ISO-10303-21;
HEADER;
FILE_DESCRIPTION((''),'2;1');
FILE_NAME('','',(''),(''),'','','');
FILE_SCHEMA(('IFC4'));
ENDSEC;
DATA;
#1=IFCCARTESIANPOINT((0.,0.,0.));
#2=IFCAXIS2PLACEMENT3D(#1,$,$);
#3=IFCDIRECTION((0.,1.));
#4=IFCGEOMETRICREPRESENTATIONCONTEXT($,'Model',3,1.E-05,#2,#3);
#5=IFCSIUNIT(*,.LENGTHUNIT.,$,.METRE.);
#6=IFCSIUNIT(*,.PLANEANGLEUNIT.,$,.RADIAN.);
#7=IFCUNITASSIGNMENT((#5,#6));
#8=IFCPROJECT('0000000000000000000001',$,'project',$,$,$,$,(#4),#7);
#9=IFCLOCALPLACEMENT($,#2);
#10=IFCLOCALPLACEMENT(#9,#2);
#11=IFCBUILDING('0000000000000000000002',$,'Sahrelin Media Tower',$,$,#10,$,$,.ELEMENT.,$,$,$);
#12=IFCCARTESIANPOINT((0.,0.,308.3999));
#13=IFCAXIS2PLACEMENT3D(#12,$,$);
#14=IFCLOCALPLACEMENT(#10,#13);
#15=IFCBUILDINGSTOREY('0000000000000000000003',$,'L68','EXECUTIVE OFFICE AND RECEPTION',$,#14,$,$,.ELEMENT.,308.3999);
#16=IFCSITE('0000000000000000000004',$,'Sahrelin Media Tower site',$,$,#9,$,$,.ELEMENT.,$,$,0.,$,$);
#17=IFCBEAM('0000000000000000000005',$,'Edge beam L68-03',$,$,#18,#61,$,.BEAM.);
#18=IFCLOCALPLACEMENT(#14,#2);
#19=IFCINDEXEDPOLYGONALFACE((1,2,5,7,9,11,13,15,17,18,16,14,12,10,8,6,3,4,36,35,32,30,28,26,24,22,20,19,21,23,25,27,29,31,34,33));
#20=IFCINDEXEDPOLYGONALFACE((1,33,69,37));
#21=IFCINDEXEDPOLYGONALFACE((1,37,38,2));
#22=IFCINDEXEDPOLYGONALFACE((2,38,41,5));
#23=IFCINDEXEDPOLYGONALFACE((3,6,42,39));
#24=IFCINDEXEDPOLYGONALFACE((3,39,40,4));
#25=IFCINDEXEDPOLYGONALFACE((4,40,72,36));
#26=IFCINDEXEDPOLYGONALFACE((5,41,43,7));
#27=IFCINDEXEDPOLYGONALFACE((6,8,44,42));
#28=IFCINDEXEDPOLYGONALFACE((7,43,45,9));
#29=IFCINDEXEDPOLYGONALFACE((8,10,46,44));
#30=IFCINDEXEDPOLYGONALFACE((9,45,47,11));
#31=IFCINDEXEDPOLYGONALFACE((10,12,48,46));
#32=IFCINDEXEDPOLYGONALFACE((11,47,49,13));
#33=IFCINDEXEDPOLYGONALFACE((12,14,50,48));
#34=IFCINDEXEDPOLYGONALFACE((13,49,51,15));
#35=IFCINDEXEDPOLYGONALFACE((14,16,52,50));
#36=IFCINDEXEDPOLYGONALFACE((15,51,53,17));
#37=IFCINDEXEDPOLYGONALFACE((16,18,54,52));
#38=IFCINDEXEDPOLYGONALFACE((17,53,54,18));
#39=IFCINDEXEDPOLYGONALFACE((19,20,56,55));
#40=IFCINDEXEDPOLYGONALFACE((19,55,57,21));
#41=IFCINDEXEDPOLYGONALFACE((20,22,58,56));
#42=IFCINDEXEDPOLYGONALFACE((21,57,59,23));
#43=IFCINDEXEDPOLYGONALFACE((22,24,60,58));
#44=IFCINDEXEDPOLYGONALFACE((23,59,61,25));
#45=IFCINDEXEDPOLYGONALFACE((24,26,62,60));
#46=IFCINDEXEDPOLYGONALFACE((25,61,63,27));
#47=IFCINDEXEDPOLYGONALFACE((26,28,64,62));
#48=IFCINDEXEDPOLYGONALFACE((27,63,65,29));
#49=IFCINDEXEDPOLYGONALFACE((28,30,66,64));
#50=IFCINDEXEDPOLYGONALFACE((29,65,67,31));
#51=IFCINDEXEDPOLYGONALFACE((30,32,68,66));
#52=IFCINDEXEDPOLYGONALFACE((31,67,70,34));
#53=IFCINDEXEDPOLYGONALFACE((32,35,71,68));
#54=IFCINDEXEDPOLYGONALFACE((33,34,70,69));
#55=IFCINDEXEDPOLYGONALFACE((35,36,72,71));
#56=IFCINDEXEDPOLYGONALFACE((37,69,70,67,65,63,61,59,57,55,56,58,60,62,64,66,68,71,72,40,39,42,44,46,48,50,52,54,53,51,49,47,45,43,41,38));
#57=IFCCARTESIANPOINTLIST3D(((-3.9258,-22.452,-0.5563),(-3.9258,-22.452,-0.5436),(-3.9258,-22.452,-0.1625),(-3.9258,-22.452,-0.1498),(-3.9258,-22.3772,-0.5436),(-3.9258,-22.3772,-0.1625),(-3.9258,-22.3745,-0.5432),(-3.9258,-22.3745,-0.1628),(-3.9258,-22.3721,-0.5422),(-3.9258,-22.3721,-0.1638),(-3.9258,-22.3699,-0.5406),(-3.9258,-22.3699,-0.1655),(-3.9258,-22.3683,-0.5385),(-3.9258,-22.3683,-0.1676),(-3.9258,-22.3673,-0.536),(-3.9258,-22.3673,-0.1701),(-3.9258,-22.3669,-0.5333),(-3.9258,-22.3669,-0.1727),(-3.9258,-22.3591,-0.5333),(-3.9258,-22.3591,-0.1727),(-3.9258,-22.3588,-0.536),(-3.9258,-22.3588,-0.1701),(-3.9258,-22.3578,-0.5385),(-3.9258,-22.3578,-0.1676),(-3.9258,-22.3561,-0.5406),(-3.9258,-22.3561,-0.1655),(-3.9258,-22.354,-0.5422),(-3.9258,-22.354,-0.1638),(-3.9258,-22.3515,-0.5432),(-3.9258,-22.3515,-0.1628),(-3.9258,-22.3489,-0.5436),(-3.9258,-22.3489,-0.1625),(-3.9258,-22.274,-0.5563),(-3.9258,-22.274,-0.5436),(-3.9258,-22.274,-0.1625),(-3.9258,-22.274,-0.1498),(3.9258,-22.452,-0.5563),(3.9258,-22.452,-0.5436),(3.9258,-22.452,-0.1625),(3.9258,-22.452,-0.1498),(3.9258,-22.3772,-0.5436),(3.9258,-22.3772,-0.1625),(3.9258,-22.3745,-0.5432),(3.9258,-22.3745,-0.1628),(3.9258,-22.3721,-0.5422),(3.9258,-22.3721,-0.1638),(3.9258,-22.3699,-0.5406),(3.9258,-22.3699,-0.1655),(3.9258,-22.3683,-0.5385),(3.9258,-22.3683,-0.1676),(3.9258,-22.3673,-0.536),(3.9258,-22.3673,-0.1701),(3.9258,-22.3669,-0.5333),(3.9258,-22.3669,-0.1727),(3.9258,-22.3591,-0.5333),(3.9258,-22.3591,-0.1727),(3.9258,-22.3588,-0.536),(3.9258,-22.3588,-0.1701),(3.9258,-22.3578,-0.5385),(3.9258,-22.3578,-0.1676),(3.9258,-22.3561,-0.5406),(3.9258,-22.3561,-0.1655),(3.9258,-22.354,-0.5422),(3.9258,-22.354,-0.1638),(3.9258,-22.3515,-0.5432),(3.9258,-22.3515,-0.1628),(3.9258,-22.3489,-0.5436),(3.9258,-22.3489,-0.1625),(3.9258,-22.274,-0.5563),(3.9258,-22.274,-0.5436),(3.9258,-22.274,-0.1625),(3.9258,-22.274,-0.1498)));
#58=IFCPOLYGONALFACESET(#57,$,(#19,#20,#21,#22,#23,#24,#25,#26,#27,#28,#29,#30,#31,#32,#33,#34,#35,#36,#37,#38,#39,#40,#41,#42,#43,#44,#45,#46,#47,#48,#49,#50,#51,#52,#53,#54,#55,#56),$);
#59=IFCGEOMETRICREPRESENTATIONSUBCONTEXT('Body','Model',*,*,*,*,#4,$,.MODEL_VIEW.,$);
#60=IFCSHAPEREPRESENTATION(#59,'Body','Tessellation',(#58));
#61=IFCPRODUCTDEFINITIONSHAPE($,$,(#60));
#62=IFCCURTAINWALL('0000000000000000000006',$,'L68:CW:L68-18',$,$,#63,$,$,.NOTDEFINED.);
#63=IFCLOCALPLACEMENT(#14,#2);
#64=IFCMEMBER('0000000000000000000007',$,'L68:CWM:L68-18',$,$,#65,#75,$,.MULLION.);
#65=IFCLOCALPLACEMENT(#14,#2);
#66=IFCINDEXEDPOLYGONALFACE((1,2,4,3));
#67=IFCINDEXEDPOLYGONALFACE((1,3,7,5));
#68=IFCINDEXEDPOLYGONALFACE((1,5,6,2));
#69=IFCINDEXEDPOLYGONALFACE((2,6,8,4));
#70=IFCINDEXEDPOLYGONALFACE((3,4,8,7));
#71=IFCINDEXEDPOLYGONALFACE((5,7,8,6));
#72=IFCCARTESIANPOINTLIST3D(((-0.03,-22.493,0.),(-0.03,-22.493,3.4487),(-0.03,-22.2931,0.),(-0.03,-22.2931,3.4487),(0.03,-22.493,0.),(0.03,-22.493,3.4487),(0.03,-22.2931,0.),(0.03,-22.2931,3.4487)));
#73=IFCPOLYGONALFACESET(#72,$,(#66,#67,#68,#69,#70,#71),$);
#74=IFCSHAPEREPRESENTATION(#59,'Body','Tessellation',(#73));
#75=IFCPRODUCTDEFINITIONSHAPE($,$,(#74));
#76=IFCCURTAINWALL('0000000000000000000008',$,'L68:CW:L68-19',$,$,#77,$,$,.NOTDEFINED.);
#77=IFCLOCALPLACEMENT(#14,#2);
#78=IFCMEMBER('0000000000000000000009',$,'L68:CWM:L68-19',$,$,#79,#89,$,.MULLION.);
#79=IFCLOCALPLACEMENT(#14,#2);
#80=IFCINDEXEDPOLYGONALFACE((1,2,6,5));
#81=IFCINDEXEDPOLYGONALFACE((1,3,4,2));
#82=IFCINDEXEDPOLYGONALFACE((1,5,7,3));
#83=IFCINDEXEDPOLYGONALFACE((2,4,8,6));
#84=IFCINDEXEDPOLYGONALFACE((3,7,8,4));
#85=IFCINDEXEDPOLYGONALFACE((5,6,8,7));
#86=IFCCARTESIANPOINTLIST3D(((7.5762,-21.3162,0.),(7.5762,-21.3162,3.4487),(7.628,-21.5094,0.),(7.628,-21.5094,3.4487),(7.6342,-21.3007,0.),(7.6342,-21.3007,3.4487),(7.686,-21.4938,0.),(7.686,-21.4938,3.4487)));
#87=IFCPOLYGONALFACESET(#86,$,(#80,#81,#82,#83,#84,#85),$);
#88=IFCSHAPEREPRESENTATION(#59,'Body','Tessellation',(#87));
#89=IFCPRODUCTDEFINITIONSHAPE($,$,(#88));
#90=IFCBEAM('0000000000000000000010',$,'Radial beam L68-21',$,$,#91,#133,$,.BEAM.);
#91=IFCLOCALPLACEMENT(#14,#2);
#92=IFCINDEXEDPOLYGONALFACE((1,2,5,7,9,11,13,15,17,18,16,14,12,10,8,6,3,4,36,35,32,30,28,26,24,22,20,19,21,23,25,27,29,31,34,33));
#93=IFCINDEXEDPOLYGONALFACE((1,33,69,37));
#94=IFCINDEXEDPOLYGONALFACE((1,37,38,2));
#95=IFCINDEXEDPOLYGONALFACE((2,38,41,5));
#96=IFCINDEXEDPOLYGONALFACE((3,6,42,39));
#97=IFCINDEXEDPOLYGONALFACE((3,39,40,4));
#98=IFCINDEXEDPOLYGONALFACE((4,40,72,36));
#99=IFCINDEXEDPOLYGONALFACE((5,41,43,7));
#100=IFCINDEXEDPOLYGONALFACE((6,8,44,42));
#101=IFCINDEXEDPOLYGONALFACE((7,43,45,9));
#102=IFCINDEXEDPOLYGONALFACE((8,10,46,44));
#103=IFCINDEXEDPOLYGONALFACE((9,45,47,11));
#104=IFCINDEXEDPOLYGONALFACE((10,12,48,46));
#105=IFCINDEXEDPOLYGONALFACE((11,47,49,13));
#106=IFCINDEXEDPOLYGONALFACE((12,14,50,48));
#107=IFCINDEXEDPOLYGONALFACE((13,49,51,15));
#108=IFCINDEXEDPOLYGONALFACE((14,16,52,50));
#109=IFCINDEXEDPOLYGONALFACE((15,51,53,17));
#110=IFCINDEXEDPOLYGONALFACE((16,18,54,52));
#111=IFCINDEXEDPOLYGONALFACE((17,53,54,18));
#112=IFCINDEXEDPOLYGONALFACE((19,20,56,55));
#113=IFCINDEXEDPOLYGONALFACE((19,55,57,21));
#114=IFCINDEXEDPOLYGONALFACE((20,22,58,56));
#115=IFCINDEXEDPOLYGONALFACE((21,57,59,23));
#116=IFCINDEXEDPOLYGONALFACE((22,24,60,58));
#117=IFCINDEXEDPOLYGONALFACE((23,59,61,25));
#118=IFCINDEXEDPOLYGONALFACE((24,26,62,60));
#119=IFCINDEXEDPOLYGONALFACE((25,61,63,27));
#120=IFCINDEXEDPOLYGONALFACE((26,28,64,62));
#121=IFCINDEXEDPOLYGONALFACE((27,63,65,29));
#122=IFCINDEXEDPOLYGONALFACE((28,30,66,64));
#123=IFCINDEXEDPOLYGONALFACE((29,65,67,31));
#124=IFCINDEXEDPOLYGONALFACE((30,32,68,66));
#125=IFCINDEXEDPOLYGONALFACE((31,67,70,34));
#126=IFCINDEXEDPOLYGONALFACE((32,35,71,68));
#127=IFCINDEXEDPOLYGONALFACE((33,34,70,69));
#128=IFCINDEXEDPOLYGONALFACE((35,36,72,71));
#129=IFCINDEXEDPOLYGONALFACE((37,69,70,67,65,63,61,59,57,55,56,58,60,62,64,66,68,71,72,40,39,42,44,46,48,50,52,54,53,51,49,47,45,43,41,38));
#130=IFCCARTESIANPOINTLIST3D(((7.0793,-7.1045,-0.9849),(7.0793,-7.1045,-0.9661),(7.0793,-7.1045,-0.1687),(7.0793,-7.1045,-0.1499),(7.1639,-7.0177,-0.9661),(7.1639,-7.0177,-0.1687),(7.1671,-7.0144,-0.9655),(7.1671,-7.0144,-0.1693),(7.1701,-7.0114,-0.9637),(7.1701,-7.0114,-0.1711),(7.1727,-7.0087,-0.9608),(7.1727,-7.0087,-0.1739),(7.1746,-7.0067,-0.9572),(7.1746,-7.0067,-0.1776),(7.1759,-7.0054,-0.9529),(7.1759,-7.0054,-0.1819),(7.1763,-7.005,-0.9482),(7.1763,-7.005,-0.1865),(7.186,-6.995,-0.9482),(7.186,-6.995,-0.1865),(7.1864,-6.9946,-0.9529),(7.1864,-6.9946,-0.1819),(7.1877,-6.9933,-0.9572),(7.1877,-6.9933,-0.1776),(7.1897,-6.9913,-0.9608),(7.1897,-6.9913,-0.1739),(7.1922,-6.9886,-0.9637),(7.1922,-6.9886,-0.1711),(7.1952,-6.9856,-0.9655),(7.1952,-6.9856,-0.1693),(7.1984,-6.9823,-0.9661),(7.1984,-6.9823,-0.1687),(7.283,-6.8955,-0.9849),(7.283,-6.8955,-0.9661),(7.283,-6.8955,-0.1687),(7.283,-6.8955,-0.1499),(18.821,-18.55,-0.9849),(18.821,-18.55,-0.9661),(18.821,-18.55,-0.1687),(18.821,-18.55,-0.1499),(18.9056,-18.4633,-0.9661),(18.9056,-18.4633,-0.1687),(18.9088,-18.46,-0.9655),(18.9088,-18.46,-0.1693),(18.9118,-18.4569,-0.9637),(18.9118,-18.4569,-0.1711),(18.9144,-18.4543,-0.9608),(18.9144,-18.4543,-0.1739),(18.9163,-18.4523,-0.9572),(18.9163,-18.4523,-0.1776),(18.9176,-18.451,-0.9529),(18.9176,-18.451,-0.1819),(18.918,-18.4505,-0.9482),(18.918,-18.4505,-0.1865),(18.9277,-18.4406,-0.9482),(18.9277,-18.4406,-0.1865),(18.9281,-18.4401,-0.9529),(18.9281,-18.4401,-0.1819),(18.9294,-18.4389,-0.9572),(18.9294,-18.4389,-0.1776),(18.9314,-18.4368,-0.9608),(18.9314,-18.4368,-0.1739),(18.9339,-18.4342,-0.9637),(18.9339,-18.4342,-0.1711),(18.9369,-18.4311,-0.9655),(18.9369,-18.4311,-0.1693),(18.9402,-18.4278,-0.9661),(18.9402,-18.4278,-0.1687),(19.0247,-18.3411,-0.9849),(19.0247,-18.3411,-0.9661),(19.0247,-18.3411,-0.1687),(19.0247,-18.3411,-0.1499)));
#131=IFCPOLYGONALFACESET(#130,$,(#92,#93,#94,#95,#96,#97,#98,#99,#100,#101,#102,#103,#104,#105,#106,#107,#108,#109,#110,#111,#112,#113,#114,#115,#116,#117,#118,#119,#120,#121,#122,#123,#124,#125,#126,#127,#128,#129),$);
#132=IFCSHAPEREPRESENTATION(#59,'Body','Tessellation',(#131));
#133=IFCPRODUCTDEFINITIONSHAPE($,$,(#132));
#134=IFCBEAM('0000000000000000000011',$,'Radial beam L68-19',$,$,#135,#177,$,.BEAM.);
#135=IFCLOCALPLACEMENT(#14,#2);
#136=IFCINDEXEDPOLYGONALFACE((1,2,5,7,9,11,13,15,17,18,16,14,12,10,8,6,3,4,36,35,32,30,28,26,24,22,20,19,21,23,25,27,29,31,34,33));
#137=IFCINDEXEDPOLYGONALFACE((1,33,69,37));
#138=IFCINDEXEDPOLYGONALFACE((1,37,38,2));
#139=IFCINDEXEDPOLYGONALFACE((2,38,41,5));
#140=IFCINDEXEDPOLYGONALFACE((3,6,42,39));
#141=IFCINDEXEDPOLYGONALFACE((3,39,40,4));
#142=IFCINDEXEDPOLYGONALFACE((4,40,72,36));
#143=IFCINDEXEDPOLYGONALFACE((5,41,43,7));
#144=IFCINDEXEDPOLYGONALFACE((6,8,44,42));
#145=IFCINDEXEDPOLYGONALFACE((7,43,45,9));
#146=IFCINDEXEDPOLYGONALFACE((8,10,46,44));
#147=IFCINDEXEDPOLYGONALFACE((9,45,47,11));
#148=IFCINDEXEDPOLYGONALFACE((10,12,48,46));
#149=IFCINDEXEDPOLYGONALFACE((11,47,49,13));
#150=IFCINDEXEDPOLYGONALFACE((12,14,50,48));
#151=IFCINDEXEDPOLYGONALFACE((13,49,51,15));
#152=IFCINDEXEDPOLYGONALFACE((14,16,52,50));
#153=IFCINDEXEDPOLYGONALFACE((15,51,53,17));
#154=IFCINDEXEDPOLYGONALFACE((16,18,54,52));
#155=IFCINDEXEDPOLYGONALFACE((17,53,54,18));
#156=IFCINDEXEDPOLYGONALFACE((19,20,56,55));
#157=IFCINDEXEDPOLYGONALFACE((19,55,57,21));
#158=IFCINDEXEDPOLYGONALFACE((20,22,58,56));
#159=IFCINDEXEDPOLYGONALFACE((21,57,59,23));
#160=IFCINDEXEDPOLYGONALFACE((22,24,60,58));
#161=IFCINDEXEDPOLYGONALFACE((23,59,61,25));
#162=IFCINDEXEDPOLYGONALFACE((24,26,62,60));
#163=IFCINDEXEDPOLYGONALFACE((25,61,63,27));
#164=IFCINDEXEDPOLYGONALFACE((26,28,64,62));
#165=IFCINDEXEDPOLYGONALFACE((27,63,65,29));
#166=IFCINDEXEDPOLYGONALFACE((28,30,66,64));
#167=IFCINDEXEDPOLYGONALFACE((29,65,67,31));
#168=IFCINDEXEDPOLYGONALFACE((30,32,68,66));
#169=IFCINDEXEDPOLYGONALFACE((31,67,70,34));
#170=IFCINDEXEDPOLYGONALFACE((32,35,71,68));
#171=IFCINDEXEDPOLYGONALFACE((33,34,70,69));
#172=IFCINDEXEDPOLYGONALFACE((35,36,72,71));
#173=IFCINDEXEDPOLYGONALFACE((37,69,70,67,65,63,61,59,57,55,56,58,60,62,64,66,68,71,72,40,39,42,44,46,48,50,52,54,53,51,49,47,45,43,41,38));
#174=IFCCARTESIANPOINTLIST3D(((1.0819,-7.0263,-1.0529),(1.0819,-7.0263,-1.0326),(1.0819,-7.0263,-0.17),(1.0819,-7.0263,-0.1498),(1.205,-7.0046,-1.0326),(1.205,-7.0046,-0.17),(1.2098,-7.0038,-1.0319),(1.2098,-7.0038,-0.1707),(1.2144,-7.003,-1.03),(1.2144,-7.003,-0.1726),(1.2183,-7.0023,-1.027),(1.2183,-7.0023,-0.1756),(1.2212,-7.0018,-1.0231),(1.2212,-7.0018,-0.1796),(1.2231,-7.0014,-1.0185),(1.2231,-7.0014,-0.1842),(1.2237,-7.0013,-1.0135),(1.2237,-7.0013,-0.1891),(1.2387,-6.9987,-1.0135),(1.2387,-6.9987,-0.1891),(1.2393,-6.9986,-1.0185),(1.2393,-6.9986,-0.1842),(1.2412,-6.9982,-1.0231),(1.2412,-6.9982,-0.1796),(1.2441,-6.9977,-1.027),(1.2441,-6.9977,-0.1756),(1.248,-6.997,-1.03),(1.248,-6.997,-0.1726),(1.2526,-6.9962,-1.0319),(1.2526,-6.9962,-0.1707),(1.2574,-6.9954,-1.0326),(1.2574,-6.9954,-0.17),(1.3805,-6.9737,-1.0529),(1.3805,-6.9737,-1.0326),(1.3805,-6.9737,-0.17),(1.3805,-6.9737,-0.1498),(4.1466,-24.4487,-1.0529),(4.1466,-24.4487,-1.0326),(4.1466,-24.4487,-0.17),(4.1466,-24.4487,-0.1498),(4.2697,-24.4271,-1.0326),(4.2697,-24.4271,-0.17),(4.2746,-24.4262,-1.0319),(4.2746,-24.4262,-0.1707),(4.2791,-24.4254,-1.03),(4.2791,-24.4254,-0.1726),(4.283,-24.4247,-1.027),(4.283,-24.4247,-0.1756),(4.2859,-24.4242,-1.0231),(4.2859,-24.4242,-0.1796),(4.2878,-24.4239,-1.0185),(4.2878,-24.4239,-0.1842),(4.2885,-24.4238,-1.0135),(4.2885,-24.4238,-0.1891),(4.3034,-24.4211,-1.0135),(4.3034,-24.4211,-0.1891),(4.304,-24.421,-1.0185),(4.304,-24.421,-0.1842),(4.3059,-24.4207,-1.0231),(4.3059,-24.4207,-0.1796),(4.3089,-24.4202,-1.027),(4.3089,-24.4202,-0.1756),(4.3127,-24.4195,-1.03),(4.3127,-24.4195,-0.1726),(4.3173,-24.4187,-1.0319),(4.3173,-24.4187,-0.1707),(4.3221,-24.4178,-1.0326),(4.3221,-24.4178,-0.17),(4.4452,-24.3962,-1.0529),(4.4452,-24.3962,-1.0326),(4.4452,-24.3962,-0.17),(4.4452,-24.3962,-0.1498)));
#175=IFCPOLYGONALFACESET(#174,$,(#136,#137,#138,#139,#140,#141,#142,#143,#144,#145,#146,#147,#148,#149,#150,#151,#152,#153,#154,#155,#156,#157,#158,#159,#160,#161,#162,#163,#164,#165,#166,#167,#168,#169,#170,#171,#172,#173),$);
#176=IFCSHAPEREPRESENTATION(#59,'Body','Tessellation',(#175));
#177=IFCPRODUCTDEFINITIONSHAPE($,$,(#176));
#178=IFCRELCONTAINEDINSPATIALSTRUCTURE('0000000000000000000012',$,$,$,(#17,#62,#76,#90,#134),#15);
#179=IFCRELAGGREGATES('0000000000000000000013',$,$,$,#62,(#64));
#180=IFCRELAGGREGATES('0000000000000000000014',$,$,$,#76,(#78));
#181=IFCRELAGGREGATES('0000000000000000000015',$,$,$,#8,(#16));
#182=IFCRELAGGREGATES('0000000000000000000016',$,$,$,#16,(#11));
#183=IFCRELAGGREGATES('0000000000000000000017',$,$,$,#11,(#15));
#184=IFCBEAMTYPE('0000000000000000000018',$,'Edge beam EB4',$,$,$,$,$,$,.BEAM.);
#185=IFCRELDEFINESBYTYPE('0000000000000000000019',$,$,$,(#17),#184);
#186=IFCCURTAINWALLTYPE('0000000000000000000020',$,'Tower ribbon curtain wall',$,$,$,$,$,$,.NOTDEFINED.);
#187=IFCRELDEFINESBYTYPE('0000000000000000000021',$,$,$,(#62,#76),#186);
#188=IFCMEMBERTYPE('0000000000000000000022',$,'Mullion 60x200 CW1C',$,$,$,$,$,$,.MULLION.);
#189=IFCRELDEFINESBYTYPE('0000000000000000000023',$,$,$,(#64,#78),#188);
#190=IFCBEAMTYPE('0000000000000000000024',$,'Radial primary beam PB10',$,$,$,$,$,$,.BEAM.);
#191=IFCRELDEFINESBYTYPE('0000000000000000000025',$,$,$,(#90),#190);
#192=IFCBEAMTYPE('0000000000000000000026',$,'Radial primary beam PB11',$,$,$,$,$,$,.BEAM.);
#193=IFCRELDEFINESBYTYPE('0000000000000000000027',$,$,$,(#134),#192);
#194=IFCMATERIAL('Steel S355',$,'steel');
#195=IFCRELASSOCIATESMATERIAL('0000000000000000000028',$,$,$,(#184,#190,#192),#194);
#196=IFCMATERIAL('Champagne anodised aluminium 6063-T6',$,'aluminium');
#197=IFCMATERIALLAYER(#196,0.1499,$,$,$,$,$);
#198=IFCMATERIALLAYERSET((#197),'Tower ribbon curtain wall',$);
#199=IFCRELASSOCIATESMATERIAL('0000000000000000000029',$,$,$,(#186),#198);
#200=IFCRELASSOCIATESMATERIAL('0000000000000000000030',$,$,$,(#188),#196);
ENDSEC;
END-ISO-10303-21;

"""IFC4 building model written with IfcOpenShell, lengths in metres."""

from ifc_helpers import new_model, si_unit, direction, frame, origin, origin_2d, place, context, subcontext, project, spatial, rectangle, i_section, extrude, material, layer, layer_set, material_profile, profile_set, type_object, element, aggregate, save


model = new_model("IFC4")

# Units and contexts
model_context = context("Model", 3, precision=1e-05, world=origin(), true_north=direction((0.0, 1.0)))
body_context = subcontext(model_context, "Body", "Model", "MODEL_VIEW")
ifc_project = project(units=[si_unit("LENGTHUNIT", "METRE"), si_unit("PLANEANGLEUNIT", "RADIAN")], contexts=[model_context])

# Site, building, storey
site_placement = place(None, origin())
site = spatial("IfcSite", under=ifc_project, at=site_placement, Name="Sahrelin Media Tower site", CompositionType="ELEMENT", RefElevation=0.0)
building_placement = place(site_placement, origin())
building = spatial("IfcBuilding", under=site, at=building_placement, Name="Sahrelin Media Tower", CompositionType="ELEMENT")
storey_placement = place(building_placement, frame((0.0, 0.0, 308.3999)))
storey = spatial("IfcBuildingStorey", under=building, at=storey_placement, Name="L68", Description="EXECUTIVE OFFICE AND RECEPTION", CompositionType="ELEMENT", Elevation=308.3999)

# Beam
ifc_material_1 = material(Name="Steel S355", Category="steel")
ifc_material_profile_1 = material_profile(ifc_material_1, i_section(OverallWidth=0.178, OverallDepth=0.4065, WebThickness=0.0078, FlangeThickness=0.0127, FilletRadius=0.0103, at=origin_2d()), Name="UB 406x178x60")
ifc_profile_set_1 = profile_set([ifc_material_profile_1], Name="Steel S355")
beam_type_1 = type_object("IfcBeamType", Name="Edge beam EB4", PredefinedType="BEAM", material=ifc_profile_set_1)
beam_1_placement = place(storey_placement, frame((3.9258, -22.363, -0.353), z_axis=(-1.0, 0.0, 0.0), x_axis=(0.0, -1.0, 0.0)))
element("IfcBeam", 1, at=beam_1_placement, inside=storey, type_object=beam_type_1, Name="Edge beam L68-03", PredefinedType="BEAM", context=body_context, shape_type="SweptSolid", body=[
    extrude(i_section(OverallWidth=0.178, OverallDepth=0.4065, WebThickness=0.0078, FlangeThickness=0.0127, FilletRadius=0.0103, at=origin_2d()), origin(), (0.0, 0.0, 1.0), 7.8516),
])

# Curtain walls, members
ifc_material_2 = material(Name="Champagne anodised aluminium 6063-T6", Category="aluminium")
ifc_layer_1 = layer(ifc_material_2, 0.1499)
ifc_layer_set_1 = layer_set([ifc_layer_1], Name="Tower ribbon curtain wall")
curtain_wall_type = type_object("IfcCurtainWallType", Name="Tower ribbon curtain wall", PredefinedType="NOTDEFINED", material=ifc_layer_set_1)
curtain_wall_1_placement = place(storey_placement, frame((0.0, -22.5129, 0.0), z_axis=(0.0, 0.0, 1.0), x_axis=(1.0, 0.0, 0.0)))
curtain_wall_1 = element("IfcCurtainWall", 2, at=curtain_wall_1_placement, inside=storey, type_object=curtain_wall_type, Name="L68:CW:L68-18", PredefinedType="NOTDEFINED")
ifc_material_profile_2 = material_profile(ifc_material_2, rectangle(XDim=0.0601, YDim=0.2, at=origin_2d()), Name="Mullion 60x200")
ifc_profile_set_2 = profile_set([ifc_material_profile_2], Name="Champagne anodised aluminium 6063-T6")
member_type_1 = type_object("IfcMemberType", Name="Mullion 60x200 CW1C", PredefinedType="MULLION", material=ifc_profile_set_2)
member_1_placement = place(storey_placement, frame((0.0, -22.3931, 0.0), z_axis=(0.0, 0.0, 1.0), x_axis=(1.0, 0.0, 0.0)))
member_1 = element("IfcMember", 3, at=member_1_placement, type_object=member_type_1, Name="L68:CWM:L68-18", PredefinedType="MULLION", context=body_context, shape_type="SweptSolid", body=[
    extrude(rectangle(XDim=0.0601, YDim=0.2, at=origin_2d()), origin(), (0.0, 0.0, 1.0), 3.4487),
])
aggregate(curtain_wall_1, [member_1])
curtain_wall_2_placement = place(storey_placement, frame((7.6621, -21.521, 0.0), z_axis=(0.0, 0.0, 1.0), x_axis=(1.0, 0.0, 0.0)))
curtain_wall_2 = element("IfcCurtainWall", 4, at=curtain_wall_2_placement, inside=storey, type_object=curtain_wall_type, Name="L68:CW:L68-19", PredefinedType="NOTDEFINED")
member_2_placement = place(storey_placement, frame((7.6311, -21.405, 0.0), z_axis=(0.0, 0.0, 1.0), x_axis=(0.965923, 0.258829, 0.0)))
member_2 = element("IfcMember", 5, at=member_2_placement, type_object=member_type_1, Name="L68:CWM:L68-19", PredefinedType="MULLION", context=body_context, shape_type="SweptSolid", body=[
    extrude(rectangle(XDim=0.0601, YDim=0.2, at=origin_2d()), origin(), (0.0, 0.0, 1.0), 3.4487),
])

# Beams
ifc_material_profile_3 = material_profile(ifc_material_1, i_section(OverallWidth=0.2917, OverallDepth=0.835, WebThickness=0.0139, FlangeThickness=0.0188, FilletRadius=0.0178, at=origin_2d()), Name="UB 838x292x176")
ifc_profile_set_3 = profile_set([ifc_material_profile_3], Name="Steel S355")
beam_type_2 = type_object("IfcBeamType", Name="Radial primary beam PB10", PredefinedType="BEAM", material=ifc_profile_set_3)
beam_2_placement = place(storey_placement, frame((7.1812, -7.0, -0.5674), z_axis=(0.716079, -0.698019, 0.0), x_axis=(0.698019, 0.716079, 0.0)))
element("IfcBeam", 6, at=beam_2_placement, inside=storey, type_object=beam_type_2, Name="Radial beam L68-21", PredefinedType="BEAM", context=body_context, shape_type="SweptSolid", body=[
    extrude(i_section(OverallWidth=0.2917, OverallDepth=0.835, WebThickness=0.0139, FlangeThickness=0.0188, FilletRadius=0.0178, at=origin_2d()), origin(), (0.0, 0.0, 1.0), 16.3972),
])
ifc_material_profile_4 = material_profile(ifc_material_1, i_section(OverallWidth=0.3032, OverallDepth=0.9031, WebThickness=0.0151, FlangeThickness=0.0203, FilletRadius=0.019, at=origin_2d()), Name="UB 914x305x201")
ifc_profile_set_4 = profile_set([ifc_material_profile_4], Name="Steel S355")
beam_type_3 = type_object("IfcBeamType", Name="Radial primary beam PB11", PredefinedType="BEAM", material=ifc_profile_set_4)
beam_3_placement = place(storey_placement, frame((1.2312, -7.0, -0.6013), z_axis=(0.173246, -0.984879, 0.0), x_axis=(0.984879, 0.173246, 0.0)))
element("IfcBeam", 7, at=beam_3_placement, inside=storey, type_object=beam_type_3, Name="Radial beam L68-19", PredefinedType="BEAM", context=body_context, shape_type="SweptSolid", body=[
    extrude(i_section(OverallWidth=0.3032, OverallDepth=0.9031, WebThickness=0.0151, FlangeThickness=0.0203, FilletRadius=0.019, at=origin_2d()), origin(), (0.0, 0.0, 1.0), 17.6899),
])

aggregate(curtain_wall_2, [member_2])

save(model, "model.ifc")
